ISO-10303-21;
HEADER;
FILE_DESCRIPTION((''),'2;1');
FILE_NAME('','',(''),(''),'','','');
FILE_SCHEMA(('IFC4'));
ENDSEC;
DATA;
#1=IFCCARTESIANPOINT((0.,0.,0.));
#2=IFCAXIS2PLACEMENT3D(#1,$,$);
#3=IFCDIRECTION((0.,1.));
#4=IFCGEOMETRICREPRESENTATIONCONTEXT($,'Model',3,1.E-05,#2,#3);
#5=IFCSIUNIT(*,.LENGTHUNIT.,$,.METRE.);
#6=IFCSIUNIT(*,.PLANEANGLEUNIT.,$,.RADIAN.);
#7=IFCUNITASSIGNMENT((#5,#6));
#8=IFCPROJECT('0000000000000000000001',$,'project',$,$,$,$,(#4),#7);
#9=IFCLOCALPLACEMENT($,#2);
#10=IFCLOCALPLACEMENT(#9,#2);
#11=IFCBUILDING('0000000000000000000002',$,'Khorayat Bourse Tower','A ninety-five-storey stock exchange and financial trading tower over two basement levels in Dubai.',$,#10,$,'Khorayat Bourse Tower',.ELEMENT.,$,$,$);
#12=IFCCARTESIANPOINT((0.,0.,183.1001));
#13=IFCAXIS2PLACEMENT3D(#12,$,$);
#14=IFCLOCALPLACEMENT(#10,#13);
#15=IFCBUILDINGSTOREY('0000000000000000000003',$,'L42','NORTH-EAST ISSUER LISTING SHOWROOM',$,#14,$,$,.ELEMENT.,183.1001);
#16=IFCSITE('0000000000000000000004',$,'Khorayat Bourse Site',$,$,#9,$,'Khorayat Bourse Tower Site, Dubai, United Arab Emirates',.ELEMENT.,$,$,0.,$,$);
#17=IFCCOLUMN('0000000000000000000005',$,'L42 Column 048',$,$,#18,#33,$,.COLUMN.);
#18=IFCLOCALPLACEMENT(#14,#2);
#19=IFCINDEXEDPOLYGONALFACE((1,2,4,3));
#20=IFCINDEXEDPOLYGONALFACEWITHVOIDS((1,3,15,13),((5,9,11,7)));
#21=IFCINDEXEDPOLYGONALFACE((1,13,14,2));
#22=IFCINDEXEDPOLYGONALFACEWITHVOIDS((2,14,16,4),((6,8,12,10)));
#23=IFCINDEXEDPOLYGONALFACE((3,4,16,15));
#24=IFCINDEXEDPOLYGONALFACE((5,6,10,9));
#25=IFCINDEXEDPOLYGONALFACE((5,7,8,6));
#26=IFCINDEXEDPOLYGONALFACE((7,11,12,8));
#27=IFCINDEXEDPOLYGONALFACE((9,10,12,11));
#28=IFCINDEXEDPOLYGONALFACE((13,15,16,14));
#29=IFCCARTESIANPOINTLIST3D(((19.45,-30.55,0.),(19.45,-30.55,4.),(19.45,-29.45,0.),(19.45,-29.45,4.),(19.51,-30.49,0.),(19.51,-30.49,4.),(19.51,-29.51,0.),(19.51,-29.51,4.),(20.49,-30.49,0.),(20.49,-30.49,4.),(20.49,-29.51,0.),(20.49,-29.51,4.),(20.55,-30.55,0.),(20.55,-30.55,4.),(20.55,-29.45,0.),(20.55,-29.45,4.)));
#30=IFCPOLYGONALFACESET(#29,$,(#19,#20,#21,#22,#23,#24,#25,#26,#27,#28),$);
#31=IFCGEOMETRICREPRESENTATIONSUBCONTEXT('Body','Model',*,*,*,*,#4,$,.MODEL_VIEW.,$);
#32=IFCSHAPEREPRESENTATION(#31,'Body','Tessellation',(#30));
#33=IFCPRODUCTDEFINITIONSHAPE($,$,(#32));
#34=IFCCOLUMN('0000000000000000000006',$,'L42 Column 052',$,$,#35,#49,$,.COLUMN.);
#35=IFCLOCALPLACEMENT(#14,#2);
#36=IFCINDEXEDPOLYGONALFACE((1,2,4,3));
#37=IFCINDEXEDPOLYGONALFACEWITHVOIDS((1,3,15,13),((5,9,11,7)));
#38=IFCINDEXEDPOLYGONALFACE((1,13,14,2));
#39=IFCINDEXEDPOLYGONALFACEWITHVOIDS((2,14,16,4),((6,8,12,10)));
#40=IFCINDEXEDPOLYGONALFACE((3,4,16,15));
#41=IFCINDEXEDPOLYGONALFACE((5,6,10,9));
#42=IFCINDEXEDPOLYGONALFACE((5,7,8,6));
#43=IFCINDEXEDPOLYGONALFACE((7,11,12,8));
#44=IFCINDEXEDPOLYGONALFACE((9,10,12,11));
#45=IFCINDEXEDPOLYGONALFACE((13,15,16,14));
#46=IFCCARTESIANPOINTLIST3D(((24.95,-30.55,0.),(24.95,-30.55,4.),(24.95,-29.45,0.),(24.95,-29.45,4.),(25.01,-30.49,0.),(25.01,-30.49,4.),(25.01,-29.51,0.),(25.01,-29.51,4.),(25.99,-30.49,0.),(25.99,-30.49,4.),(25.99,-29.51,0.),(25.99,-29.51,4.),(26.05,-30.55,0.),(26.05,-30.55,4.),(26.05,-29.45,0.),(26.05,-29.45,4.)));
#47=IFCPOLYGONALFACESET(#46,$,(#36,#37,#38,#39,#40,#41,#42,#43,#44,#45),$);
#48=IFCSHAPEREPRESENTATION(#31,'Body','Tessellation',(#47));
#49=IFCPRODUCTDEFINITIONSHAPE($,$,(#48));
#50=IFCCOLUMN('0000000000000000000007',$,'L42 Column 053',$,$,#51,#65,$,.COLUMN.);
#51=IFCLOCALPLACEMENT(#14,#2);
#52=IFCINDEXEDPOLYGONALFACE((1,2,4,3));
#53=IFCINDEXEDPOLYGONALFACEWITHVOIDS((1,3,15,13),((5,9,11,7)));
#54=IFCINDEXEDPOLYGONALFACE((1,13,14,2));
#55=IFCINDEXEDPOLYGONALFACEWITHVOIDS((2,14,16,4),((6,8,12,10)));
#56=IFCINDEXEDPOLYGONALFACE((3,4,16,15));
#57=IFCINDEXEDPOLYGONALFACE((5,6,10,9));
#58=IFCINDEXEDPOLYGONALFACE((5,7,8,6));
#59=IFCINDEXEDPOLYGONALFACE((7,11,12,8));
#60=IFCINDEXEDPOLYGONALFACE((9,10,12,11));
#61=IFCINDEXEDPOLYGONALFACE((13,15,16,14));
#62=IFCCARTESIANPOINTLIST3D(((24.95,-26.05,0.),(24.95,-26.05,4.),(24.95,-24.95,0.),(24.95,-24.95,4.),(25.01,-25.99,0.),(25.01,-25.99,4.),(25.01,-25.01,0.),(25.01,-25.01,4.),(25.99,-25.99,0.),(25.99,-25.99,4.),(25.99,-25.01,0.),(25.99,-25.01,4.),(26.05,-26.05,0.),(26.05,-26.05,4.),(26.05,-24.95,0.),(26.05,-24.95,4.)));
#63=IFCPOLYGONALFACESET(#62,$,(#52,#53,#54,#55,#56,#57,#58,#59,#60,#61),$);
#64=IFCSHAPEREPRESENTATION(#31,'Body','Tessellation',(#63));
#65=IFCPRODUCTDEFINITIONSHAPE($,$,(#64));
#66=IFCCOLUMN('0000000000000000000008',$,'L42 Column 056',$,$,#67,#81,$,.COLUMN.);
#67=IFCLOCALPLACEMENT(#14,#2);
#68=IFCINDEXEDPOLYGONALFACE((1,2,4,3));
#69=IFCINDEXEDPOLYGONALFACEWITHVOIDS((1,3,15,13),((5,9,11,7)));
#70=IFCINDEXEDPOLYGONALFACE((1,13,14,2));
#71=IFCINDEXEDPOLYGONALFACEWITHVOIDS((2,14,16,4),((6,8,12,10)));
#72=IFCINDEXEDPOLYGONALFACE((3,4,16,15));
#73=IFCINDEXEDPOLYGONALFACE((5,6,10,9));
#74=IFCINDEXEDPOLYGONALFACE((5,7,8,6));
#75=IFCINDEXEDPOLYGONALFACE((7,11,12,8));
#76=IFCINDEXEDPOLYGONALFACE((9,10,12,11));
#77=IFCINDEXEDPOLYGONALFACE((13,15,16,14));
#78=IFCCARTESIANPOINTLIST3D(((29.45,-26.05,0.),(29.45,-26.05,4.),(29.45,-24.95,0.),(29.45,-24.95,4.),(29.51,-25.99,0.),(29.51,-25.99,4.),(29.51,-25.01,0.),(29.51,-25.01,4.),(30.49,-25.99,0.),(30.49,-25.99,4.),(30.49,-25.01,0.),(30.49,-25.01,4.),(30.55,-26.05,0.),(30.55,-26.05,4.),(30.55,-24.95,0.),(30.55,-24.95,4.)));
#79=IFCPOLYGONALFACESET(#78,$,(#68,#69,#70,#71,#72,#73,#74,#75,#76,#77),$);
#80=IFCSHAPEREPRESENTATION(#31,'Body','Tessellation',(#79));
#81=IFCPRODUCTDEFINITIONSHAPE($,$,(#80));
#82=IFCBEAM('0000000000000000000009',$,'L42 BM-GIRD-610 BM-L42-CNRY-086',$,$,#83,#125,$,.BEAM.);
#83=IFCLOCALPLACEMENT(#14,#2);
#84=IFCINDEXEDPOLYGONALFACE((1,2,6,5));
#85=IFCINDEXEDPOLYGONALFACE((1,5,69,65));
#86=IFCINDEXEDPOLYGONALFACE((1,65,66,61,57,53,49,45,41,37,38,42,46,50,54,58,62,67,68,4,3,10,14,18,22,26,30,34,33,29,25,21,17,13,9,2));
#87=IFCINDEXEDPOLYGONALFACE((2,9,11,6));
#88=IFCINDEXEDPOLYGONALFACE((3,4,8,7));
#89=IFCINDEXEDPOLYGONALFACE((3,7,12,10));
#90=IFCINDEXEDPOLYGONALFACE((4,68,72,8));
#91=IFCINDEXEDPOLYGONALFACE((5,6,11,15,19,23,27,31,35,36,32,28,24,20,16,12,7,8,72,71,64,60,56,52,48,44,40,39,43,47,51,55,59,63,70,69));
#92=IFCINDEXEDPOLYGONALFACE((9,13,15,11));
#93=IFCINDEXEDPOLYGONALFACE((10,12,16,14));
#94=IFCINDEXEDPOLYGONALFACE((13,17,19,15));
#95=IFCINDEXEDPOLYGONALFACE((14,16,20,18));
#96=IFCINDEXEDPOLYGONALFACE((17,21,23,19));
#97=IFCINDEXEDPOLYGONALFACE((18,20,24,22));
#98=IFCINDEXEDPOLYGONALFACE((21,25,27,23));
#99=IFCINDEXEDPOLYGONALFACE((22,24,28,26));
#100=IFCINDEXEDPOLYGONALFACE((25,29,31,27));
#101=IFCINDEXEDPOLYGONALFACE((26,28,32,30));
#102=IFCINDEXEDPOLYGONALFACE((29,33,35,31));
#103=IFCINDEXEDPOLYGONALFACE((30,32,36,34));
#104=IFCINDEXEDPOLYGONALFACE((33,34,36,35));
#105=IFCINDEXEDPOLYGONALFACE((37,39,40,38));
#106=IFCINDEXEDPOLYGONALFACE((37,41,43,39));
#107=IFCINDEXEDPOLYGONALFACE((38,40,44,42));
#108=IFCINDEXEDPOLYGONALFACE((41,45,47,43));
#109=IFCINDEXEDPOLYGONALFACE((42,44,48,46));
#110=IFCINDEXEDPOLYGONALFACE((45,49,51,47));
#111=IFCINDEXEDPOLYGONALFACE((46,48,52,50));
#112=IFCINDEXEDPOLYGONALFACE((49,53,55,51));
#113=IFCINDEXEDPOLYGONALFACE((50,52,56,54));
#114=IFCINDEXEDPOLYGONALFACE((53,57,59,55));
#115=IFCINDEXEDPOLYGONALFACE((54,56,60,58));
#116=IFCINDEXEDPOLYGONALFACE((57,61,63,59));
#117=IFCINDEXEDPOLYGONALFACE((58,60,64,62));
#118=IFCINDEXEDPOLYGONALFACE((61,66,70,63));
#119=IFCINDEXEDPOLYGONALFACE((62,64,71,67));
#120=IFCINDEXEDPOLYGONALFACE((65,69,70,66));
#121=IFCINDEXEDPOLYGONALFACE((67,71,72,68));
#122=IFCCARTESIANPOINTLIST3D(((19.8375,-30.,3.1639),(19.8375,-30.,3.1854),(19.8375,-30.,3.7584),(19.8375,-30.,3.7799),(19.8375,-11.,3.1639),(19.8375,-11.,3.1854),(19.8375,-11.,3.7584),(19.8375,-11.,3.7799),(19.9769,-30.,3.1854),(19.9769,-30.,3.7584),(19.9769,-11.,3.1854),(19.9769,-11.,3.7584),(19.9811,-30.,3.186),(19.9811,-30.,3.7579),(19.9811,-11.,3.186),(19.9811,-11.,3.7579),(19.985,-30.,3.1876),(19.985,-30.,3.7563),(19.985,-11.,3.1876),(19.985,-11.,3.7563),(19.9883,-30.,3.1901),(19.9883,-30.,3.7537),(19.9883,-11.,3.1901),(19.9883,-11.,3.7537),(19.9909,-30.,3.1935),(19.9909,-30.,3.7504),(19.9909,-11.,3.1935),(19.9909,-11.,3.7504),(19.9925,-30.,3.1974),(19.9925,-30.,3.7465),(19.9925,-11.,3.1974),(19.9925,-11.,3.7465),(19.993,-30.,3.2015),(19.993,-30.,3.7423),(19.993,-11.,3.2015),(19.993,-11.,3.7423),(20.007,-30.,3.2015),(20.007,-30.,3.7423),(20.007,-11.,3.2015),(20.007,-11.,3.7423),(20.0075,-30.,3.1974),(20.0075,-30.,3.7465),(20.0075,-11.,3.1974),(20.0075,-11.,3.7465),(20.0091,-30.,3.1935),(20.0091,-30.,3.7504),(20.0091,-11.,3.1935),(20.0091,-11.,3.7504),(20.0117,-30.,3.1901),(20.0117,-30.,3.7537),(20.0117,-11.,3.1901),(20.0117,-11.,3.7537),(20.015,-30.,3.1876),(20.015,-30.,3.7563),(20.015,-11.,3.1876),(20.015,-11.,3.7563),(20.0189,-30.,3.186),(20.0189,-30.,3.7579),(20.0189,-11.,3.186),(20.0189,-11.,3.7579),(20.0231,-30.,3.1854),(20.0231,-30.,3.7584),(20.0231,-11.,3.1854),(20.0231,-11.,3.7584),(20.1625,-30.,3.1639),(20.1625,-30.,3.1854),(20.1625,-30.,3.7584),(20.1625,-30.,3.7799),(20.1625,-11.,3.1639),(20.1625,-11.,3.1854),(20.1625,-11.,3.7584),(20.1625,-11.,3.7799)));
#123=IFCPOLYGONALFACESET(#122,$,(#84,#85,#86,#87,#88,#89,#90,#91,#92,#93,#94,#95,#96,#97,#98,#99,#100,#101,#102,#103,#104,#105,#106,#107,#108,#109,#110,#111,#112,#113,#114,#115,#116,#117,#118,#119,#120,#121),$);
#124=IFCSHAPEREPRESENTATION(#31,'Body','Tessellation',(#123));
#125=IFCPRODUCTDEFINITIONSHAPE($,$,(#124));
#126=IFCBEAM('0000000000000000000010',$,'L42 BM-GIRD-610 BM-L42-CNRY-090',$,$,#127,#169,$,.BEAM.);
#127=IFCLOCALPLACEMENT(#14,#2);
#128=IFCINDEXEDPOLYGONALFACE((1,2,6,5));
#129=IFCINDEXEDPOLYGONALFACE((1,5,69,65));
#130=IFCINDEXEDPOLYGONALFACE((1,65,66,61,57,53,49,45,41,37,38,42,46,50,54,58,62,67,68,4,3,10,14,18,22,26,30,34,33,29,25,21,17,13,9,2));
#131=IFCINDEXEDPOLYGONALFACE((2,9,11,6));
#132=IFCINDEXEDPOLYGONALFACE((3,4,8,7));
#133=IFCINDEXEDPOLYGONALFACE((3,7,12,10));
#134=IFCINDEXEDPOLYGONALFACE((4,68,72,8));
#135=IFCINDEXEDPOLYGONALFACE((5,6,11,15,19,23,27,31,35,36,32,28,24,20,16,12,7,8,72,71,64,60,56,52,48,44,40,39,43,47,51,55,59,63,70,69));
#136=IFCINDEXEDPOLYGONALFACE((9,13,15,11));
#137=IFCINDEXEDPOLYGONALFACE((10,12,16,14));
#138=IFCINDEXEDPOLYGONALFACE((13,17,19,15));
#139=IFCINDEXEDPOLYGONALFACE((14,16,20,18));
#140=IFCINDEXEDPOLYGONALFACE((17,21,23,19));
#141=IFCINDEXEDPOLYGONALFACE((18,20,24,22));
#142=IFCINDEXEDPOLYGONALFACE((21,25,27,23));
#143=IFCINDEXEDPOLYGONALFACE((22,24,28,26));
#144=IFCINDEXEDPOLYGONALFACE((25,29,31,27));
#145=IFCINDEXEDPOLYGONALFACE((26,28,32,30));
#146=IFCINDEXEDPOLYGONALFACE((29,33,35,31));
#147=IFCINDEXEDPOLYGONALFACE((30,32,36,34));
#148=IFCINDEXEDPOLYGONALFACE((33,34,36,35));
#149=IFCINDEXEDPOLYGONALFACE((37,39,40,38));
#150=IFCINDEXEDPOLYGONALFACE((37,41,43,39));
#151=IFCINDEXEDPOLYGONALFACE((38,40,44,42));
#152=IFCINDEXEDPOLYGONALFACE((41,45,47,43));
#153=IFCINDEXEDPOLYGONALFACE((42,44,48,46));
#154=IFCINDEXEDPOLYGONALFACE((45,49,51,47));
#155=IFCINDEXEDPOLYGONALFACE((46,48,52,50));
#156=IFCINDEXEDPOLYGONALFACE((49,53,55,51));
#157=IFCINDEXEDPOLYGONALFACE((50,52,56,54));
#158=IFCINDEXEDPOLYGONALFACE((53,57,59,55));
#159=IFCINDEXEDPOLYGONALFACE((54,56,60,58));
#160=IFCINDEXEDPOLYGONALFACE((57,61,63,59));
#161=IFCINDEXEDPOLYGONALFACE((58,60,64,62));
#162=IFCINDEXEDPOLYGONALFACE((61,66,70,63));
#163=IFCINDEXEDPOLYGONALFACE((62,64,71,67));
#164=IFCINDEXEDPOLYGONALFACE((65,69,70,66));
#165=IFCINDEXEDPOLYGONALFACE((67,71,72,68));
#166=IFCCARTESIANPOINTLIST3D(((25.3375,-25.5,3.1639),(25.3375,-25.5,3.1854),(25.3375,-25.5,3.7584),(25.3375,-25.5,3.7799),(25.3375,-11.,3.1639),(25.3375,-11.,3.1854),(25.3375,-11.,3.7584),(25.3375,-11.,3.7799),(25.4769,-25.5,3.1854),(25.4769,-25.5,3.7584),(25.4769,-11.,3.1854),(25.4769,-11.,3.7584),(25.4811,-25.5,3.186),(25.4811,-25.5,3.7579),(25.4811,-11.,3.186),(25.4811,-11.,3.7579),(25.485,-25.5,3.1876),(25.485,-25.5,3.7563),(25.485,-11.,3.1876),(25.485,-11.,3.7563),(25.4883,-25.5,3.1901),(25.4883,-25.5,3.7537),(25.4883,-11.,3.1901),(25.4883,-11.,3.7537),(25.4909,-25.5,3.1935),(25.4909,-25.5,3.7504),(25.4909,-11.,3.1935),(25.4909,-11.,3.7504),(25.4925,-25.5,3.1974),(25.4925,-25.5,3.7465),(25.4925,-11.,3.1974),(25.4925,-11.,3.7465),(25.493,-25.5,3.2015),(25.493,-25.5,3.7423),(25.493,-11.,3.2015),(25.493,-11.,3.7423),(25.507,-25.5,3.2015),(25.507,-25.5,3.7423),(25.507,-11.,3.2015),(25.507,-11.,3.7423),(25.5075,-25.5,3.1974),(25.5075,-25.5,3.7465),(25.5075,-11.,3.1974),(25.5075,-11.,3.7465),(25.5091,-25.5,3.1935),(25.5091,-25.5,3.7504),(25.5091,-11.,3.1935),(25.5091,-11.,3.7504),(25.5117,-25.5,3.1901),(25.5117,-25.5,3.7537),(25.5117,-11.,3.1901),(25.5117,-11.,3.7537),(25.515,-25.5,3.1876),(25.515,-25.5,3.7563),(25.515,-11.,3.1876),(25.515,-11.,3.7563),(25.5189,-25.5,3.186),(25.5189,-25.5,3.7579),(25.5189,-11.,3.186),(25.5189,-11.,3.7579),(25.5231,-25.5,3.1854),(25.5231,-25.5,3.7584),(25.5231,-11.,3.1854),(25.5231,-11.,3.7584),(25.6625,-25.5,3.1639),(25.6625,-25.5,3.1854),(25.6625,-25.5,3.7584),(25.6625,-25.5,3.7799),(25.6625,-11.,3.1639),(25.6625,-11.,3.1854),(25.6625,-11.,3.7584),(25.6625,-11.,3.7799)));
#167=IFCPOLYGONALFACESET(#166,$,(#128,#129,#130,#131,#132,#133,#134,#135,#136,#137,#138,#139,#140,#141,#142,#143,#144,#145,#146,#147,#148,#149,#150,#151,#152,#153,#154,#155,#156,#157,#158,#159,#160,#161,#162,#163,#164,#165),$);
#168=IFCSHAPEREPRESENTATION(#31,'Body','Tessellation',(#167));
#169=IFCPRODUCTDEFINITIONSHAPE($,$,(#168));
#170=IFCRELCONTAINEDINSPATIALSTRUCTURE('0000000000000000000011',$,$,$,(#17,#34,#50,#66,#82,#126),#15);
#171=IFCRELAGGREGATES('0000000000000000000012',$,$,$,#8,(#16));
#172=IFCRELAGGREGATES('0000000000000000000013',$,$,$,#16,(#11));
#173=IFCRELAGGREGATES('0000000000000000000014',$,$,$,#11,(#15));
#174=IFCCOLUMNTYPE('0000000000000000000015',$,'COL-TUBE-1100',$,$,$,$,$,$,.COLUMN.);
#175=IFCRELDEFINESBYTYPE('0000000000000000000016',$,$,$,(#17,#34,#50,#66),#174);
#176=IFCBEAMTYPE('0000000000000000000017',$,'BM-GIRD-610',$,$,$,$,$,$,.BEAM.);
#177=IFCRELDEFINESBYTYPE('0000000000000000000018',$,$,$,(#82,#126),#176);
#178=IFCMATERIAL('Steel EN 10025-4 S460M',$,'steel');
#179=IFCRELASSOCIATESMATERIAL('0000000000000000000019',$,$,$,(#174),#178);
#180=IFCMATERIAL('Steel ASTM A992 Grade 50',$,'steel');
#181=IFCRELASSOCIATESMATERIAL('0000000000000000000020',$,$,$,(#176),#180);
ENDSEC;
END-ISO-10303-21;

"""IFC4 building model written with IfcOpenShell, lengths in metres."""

from ifc_helpers import new_model, si_unit, direction, frame, origin, origin_2d, place, context, subcontext, project, spatial, hollow_rectangle, i_section, extrude, source, transform, mapped, material, material_profile, profile_set, type_object, element, save


model = new_model("IFC4")

# Units and contexts
model_context = context("Model", 3, precision=1e-05, world=origin(), true_north=direction((0.0, 1.0)))
body_context = subcontext(model_context, "Body", "Model", "MODEL_VIEW")
ifc_project = project(units=[si_unit("LENGTHUNIT", "METRE"), si_unit("PLANEANGLEUNIT", "RADIAN")], contexts=[model_context])

# Site, building, storey
site_placement = place(None, origin())
site = spatial("IfcSite", under=ifc_project, at=site_placement, Name="Khorayat Bourse Site", LongName="Khorayat Bourse Tower Site, Dubai, United Arab Emirates", CompositionType="ELEMENT", RefElevation=0.0)
building_placement = place(site_placement, origin())
building = spatial("IfcBuilding", under=site, at=building_placement, Name="Khorayat Bourse Tower", Description="A ninety-five-storey stock exchange and financial trading tower over two basement levels in Dubai.", LongName="Khorayat Bourse Tower", CompositionType="ELEMENT")
storey_placement = place(building_placement, frame((0.0, 0.0, 183.1001)))
storey = spatial("IfcBuildingStorey", under=building, at=storey_placement, Name="L42", Description="NORTH-EAST ISSUER LISTING SHOWROOM", CompositionType="ELEMENT", Elevation=183.1001)

# Columns
ifc_material_1 = material(Name="Steel EN 10025-4 S460M", Category="steel")
ifc_material_profile_1 = material_profile(ifc_material_1, hollow_rectangle(XDim=1.1001, YDim=1.1001, WallThickness=0.0601, at=origin_2d()), Name="BOX 1100x1100x60")
ifc_profile_set_1 = profile_set([ifc_material_profile_1], Name="Steel EN 10025-4 S460M")
column_type = type_object("IfcColumnType", Name="COL-TUBE-1100", PredefinedType="COLUMN", material=ifc_profile_set_1)
shared_shape_1 = source(origin(), body_context, "Body", "SweptSolid", [
    extrude(hollow_rectangle(XDim=1.1001, YDim=1.1001, WallThickness=0.0601, at=origin_2d()), origin(), (0.0, 0.0, 1.0), 4.0),
])
for number, where, z_axis, x_axis, name in (
    (1, (20.0, -30.0, 0.0), (0.0, 0.0, 1.0), (1.0, 0.0, 0.0), "L42 Column 048"),
    (2, (25.5, -30.0, 0.0), (0.0, 0.0, 1.0), (1.0, 0.0, 0.0), "L42 Column 052"),
    (3, (25.5, -25.5, 0.0), (0.0, 0.0, 1.0), (1.0, 0.0, 0.0), "L42 Column 053"),
    (4, (30.0, -25.5, 0.0), (0.0, 0.0, 1.0), (1.0, 0.0, 0.0), "L42 Column 056"),
):
    element("IfcColumn", number, at=place(storey_placement, frame(where, z_axis=z_axis, x_axis=x_axis)), inside=storey, type_object=column_type, Name=name, PredefinedType="COLUMN", context=body_context, shape_type="MappedRepresentation", body=[
        mapped(shared_shape_1, transform((0.0, 0.0, 0.0), scale=1.0)),
    ])

# Beams
ifc_material_2 = material(Name="Steel ASTM A992 Grade 50", Category="steel")
ifc_material_profile_2 = material_profile(ifc_material_2, i_section(OverallWidth=0.325, OverallDepth=0.616, WebThickness=0.0139, FlangeThickness=0.0215, FilletRadius=0.0161, at=origin_2d()), Name="W610X174")
ifc_profile_set_2 = profile_set([ifc_material_profile_2], Name="Steel ASTM A992 Grade 50")
beam_type_1 = type_object("IfcBeamType", Name="BM-GIRD-610", PredefinedType="BEAM", material=ifc_profile_set_2)
shared_shape_2 = source(origin(), body_context, "Body", "SweptSolid", [
    extrude(i_section(OverallWidth=0.325, OverallDepth=0.616, WebThickness=0.0139, FlangeThickness=0.0215, FilletRadius=0.0161, at=origin_2d()), origin(), (0.0, 0.0, 1.0), 19.0),
])
beam_1_placement = place(storey_placement, frame((20.0, -30.0, 3.4719), z_axis=(0.0, 1.0, 0.0), x_axis=(-1.0, 0.0, 0.0)))
element("IfcBeam", 5, at=beam_1_placement, inside=storey, type_object=beam_type_1, Name="L42 BM-GIRD-610 BM-L42-CNRY-086", PredefinedType="BEAM", context=body_context, shape_type="MappedRepresentation", body=[
    mapped(shared_shape_2, transform((0.0, 0.0, 0.0), scale=1.0)),
])
shared_shape_3 = source(origin(), body_context, "Body", "SweptSolid", [
    extrude(i_section(OverallWidth=0.325, OverallDepth=0.616, WebThickness=0.0139, FlangeThickness=0.0215, FilletRadius=0.0161, at=origin_2d()), origin(), (0.0, 0.0, 1.0), 14.5),
])
beam_2_placement = place(storey_placement, frame((25.5, -25.5, 3.4719), z_axis=(0.0, 1.0, 0.0), x_axis=(-1.0, 0.0, 0.0)))
element("IfcBeam", 6, at=beam_2_placement, inside=storey, type_object=beam_type_1, Name="L42 BM-GIRD-610 BM-L42-CNRY-090", PredefinedType="BEAM", context=body_context, shape_type="MappedRepresentation", body=[
    mapped(shared_shape_3, transform((0.0, 0.0, 0.0), scale=1.0)),
])

save(model, "model.ifc")
